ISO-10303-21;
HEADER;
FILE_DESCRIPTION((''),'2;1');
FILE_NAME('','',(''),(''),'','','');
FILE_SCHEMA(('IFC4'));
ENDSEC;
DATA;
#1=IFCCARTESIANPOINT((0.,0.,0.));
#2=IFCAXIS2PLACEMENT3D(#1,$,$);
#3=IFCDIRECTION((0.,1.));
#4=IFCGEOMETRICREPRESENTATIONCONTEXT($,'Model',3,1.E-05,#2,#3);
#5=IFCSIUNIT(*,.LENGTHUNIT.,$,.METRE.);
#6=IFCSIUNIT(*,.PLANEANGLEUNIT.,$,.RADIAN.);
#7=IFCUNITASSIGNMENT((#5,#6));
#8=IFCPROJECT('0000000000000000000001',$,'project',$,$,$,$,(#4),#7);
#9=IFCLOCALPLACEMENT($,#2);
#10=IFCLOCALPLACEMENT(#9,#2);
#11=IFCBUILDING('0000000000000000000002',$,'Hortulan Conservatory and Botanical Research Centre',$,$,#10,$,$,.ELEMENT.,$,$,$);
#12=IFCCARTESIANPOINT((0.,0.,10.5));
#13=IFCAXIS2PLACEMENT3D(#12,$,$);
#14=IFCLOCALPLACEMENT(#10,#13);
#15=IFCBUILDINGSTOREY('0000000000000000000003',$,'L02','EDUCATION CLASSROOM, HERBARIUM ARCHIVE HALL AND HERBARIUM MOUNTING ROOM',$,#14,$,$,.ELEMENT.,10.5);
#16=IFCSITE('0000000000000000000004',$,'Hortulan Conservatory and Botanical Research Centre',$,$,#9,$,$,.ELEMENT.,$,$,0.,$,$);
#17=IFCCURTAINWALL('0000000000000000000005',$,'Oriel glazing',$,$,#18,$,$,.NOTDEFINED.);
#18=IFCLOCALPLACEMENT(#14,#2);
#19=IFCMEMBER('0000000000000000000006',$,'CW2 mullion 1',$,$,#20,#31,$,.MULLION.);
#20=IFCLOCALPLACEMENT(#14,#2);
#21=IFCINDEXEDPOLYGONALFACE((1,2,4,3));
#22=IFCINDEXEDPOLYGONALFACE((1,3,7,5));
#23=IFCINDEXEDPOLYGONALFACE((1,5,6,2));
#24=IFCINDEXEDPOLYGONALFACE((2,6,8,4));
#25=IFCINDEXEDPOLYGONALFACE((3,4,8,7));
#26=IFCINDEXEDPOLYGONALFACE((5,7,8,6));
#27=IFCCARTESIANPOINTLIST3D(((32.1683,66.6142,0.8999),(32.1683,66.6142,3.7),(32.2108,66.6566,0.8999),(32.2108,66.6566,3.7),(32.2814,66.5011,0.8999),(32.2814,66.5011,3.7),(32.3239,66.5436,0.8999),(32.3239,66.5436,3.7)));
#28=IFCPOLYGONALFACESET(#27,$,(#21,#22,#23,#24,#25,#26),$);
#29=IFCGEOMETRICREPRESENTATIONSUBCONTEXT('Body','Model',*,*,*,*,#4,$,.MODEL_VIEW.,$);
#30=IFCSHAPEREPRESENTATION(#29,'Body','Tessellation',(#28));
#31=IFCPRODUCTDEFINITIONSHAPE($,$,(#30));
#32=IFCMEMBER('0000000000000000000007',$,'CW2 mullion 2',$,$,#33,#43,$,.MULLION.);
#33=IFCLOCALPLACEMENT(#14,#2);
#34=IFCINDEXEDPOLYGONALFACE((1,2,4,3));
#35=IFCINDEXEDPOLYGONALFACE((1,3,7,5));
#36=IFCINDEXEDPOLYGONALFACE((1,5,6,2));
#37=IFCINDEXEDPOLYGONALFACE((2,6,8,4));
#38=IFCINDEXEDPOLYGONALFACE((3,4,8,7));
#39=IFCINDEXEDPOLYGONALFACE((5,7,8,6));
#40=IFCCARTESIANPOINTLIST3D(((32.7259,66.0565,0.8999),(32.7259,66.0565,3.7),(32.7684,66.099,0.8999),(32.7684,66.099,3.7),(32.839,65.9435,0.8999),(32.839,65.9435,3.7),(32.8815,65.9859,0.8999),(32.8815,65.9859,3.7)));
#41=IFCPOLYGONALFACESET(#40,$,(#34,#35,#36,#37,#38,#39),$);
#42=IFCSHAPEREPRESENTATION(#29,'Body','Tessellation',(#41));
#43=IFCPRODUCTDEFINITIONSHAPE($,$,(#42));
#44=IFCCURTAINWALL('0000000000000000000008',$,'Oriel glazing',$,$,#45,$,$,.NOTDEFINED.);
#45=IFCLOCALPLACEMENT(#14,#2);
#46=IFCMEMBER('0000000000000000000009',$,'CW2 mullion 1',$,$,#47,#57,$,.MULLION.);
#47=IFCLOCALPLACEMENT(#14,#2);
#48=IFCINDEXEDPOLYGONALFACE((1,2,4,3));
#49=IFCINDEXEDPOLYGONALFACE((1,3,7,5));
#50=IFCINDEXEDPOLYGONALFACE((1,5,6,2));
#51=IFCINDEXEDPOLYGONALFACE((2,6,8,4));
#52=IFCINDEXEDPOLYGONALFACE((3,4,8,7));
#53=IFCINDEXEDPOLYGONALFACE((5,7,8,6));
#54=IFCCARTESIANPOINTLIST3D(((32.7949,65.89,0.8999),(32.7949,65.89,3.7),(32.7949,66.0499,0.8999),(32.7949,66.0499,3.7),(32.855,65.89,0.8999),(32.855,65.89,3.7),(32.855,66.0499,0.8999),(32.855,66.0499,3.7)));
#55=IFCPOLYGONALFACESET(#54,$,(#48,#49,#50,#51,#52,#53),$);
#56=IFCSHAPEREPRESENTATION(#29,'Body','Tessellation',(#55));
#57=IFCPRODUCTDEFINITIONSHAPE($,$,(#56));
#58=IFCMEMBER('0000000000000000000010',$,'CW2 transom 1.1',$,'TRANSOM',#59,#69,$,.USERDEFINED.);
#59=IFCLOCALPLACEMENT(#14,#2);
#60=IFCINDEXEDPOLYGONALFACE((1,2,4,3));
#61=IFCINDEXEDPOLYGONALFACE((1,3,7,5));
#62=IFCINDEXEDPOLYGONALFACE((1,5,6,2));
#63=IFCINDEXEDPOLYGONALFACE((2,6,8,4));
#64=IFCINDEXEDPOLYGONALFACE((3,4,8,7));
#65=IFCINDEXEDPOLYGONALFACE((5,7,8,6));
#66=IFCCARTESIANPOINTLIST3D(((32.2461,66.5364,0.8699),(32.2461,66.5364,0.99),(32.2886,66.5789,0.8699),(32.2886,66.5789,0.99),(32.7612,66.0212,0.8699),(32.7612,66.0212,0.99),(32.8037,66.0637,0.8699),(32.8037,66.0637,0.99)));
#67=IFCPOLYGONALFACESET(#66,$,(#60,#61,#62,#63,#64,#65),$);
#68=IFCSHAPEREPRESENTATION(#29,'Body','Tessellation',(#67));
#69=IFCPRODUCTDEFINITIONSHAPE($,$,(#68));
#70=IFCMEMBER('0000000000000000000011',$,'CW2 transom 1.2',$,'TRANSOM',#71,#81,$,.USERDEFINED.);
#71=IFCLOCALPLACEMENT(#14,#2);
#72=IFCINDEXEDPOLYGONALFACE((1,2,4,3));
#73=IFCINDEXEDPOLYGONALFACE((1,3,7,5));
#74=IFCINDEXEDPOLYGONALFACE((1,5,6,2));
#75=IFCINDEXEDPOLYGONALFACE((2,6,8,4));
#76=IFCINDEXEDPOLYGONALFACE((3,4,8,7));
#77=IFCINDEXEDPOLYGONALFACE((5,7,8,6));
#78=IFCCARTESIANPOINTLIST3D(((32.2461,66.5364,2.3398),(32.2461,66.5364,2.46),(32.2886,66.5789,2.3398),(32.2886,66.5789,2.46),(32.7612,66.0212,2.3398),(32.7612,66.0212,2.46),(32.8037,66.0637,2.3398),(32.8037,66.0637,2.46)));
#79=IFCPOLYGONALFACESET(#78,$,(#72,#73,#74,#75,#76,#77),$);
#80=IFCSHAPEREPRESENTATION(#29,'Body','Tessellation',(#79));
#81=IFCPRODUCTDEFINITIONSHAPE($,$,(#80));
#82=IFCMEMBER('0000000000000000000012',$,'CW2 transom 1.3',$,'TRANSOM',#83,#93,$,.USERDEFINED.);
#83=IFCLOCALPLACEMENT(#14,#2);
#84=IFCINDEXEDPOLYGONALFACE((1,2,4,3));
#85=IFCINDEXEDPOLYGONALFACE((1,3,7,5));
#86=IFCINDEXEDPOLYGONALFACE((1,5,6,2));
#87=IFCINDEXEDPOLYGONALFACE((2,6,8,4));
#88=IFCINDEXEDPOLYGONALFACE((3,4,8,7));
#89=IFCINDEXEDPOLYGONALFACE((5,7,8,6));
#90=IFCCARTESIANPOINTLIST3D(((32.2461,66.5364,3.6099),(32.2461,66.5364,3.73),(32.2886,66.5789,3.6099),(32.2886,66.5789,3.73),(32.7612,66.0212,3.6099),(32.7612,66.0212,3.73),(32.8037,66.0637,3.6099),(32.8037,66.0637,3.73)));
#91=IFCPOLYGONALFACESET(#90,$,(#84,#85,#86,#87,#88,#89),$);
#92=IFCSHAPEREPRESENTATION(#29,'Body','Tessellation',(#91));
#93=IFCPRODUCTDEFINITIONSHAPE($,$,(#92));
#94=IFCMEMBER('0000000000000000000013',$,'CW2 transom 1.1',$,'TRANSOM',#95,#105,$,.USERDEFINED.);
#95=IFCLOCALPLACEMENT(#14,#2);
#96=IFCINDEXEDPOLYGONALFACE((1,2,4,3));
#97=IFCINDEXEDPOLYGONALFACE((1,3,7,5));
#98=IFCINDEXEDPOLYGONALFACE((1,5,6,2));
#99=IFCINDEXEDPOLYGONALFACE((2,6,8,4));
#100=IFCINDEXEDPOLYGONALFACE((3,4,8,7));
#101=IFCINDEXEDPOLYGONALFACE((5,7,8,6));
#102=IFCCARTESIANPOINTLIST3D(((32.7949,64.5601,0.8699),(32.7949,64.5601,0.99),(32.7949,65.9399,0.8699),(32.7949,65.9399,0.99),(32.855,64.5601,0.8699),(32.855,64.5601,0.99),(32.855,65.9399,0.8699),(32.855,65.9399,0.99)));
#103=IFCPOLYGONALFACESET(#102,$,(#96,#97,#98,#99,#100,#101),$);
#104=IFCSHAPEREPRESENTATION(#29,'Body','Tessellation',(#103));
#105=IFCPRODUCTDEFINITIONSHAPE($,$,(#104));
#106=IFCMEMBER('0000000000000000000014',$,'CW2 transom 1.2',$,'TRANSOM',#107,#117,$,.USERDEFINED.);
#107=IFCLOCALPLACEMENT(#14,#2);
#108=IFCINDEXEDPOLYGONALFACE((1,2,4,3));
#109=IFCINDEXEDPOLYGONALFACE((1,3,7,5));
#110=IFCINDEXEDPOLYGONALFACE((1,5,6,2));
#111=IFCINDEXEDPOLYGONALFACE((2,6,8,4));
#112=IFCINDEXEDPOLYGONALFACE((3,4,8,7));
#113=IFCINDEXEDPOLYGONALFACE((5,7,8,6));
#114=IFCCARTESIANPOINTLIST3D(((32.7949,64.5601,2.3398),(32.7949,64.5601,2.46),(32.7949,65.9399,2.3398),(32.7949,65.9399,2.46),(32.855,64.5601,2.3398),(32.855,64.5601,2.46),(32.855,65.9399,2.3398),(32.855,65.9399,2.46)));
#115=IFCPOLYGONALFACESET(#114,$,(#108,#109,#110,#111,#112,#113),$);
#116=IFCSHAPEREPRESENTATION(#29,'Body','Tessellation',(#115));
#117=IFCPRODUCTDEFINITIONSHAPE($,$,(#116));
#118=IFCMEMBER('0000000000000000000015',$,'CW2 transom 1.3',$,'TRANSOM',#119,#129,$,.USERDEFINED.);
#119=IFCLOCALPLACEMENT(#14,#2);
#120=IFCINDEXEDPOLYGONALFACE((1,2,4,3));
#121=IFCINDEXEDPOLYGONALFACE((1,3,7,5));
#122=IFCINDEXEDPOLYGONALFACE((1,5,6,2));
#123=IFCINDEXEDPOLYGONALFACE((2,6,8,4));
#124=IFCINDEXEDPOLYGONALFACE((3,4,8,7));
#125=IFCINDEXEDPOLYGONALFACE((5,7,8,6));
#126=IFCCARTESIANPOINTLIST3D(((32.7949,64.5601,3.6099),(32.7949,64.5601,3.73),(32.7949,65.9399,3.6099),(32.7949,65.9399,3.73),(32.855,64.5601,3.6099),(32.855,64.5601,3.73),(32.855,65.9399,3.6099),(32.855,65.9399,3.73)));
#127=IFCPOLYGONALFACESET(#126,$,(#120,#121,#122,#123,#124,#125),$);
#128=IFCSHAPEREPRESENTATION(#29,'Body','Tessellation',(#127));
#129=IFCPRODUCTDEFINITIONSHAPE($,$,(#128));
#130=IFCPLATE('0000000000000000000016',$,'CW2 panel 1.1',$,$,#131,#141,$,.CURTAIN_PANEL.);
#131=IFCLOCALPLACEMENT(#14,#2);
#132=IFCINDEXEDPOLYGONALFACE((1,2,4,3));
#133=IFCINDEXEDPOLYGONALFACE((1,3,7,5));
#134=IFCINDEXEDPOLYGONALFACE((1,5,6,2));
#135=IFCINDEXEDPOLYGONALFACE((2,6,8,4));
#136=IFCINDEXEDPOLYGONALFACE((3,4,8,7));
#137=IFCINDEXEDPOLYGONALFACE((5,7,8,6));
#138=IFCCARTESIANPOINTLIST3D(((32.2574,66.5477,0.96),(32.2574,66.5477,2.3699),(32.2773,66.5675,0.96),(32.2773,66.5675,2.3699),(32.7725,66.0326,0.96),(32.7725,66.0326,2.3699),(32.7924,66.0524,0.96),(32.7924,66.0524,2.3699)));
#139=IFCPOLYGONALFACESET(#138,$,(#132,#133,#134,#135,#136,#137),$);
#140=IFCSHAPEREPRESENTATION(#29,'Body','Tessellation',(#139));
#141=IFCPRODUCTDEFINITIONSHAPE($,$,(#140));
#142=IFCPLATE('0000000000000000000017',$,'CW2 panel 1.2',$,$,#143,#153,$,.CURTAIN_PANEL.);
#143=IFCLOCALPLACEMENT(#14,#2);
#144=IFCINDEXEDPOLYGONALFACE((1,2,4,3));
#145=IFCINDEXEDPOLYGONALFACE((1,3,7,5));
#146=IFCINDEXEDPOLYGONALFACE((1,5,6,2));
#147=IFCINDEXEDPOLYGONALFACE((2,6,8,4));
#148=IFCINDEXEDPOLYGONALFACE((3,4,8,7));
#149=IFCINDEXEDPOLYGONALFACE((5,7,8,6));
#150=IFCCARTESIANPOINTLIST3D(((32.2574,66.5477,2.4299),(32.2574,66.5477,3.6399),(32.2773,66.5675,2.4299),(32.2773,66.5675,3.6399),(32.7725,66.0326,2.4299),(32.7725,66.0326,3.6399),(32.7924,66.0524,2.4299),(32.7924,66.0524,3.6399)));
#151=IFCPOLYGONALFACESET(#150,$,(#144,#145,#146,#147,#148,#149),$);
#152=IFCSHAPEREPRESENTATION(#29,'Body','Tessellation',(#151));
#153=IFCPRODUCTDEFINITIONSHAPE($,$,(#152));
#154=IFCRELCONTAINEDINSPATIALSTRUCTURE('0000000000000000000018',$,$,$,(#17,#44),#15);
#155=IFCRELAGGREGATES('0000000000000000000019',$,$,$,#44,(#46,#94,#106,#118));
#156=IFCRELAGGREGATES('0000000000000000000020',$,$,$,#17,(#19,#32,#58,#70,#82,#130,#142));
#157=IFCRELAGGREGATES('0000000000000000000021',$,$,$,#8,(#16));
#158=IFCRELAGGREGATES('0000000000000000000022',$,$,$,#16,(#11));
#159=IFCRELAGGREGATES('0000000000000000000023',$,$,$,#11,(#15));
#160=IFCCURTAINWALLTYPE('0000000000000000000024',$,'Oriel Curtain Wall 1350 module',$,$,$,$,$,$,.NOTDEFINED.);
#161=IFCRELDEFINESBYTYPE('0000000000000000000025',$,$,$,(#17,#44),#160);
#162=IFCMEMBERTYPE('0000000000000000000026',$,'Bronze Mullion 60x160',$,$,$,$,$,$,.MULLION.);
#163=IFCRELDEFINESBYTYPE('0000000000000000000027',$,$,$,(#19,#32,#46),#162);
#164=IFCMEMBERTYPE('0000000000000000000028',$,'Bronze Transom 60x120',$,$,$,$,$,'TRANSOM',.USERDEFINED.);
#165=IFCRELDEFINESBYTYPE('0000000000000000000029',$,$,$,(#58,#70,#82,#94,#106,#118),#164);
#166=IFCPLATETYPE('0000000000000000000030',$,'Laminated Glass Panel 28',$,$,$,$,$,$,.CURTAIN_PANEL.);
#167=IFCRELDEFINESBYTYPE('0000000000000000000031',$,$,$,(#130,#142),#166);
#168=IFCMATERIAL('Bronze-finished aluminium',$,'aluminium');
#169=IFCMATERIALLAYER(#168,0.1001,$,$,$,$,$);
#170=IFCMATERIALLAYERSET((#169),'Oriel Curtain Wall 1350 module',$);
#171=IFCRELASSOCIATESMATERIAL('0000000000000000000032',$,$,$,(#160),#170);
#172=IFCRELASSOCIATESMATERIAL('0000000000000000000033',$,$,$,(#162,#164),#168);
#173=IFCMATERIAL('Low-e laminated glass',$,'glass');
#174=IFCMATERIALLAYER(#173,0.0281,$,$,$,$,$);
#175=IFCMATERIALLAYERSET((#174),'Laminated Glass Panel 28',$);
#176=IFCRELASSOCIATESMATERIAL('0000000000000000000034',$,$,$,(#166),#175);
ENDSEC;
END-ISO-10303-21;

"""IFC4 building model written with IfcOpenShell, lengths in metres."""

from ifc_helpers import new_model, si_unit, direction, frame, origin, origin_2d, place, context, subcontext, project, spatial, rectangle, extrude, material, layer, layer_set, material_profile, profile_set, type_object, element, aggregate, save


model = new_model("IFC4")

# Units and contexts
model_context = context("Model", 3, precision=1e-05, world=origin(), true_north=direction((0.0, 1.0)))
body_context = subcontext(model_context, "Body", "Model", "MODEL_VIEW")
ifc_project = project(units=[si_unit("LENGTHUNIT", "METRE"), si_unit("PLANEANGLEUNIT", "RADIAN")], contexts=[model_context])

# Site, building, storey
site_placement = place(None, origin())
site = spatial("IfcSite", under=ifc_project, at=site_placement, Name="Hortulan Conservatory and Botanical Research Centre", CompositionType="ELEMENT", RefElevation=0.0)
building_placement = place(site_placement, origin())
building = spatial("IfcBuilding", under=site, at=building_placement, Name="Hortulan Conservatory and Botanical Research Centre", CompositionType="ELEMENT")
storey_placement = place(building_placement, frame((0.0, 0.0, 10.5)))
storey = spatial("IfcBuildingStorey", under=building, at=storey_placement, Name="L02", Description="EDUCATION CLASSROOM, HERBARIUM ARCHIVE HALL AND HERBARIUM MOUNTING ROOM", CompositionType="ELEMENT", Elevation=10.5)

# Curtain wall, members
ifc_material_1 = material(Name="Bronze-finished aluminium", Category="aluminium")
ifc_layer_1 = layer(ifc_material_1, 0.1001)
ifc_layer_set_1 = layer_set([ifc_layer_1], Name="Oriel Curtain Wall 1350 module")
curtain_wall_type = type_object("IfcCurtainWallType", Name="Oriel Curtain Wall 1350 module", PredefinedType="NOTDEFINED", material=ifc_layer_set_1)
curtain_wall_1_placement = place(storey_placement, origin())
curtain_wall_1 = element("IfcCurtainWall", 1, at=curtain_wall_1_placement, inside=storey, type_object=curtain_wall_type, Name="Oriel glazing", PredefinedType="NOTDEFINED")
ifc_material_profile_1 = material_profile(ifc_material_1, rectangle(XDim=0.0601, YDim=0.1599, at=origin_2d()), Name="Bronze Mullion 60x160")
ifc_profile_set_1 = profile_set([ifc_material_profile_1], Name="Bronze-finished aluminium")
member_type_1 = type_object("IfcMemberType", Name="Bronze Mullion 60x160", PredefinedType="MULLION", material=ifc_profile_set_1)
member_1_placement = place(storey_placement, frame((32.2461, 66.5789, 0.8999), z_axis=(0.0, 0.0, 1.0), x_axis=(0.707107, 0.707107, 0.0)))
member_1 = element("IfcMember", 2, at=member_1_placement, type_object=member_type_1, Name="CW2 mullion 1", PredefinedType="MULLION", context=body_context, shape_type="SweptSolid", body=[
    extrude(rectangle(XDim=0.0601, YDim=0.1599, at=origin_2d()), origin(), (0.0, 0.0, 1.0), 2.8),
])
member_2_placement = place(storey_placement, frame((32.8037, 66.0212, 0.8999), z_axis=(0.0, 0.0, 1.0), x_axis=(0.707107, 0.707107, 0.0)))
member_2 = element("IfcMember", 3, at=member_2_placement, type_object=member_type_1, Name="CW2 mullion 2", PredefinedType="MULLION", context=body_context, shape_type="SweptSolid", body=[
    extrude(rectangle(XDim=0.0601, YDim=0.1599, at=origin_2d()), origin(), (0.0, 0.0, 1.0), 2.8),
])

# Curtain wall, member
curtain_wall_2_placement = place(storey_placement, origin())
curtain_wall_2 = element("IfcCurtainWall", 4, at=curtain_wall_2_placement, inside=storey, type_object=curtain_wall_type, Name="Oriel glazing", PredefinedType="NOTDEFINED")
member_3_placement = place(storey_placement, frame((32.825, 65.97, 0.8999), z_axis=(0.0, 0.0, 1.0), x_axis=(1.0, 0.0, 0.0)))
member_3 = element("IfcMember", 5, at=member_3_placement, type_object=member_type_1, Name="CW2 mullion 1", PredefinedType="MULLION", context=body_context, shape_type="SweptSolid", body=[
    extrude(rectangle(XDim=0.0601, YDim=0.1599, at=origin_2d()), origin(), (0.0, 0.0, 1.0), 2.8),
])

# Members
ifc_material_profile_2 = material_profile(ifc_material_1, rectangle(XDim=0.0601, YDim=0.1201, at=origin_2d()), Name="Bronze Transom 60x120")
ifc_profile_set_2 = profile_set([ifc_material_profile_2], Name="Bronze-finished aluminium")
member_type_2 = type_object("IfcMemberType", Name="Bronze Transom 60x120", ElementType="TRANSOM", PredefinedType="USERDEFINED", material=ifc_profile_set_2)
member_4_placement = place(storey_placement, frame((32.2673, 66.5576, 0.9299), z_axis=(0.707107, -0.707107, 0.0), x_axis=(0.707107, 0.707107, 0.0)))
member_4 = element("IfcMember", 6, at=member_4_placement, type_object=member_type_2, Name="CW2 transom 1.1", ObjectType="TRANSOM", PredefinedType="USERDEFINED", context=body_context, shape_type="SweptSolid", body=[
    extrude(rectangle(XDim=0.0601, YDim=0.1201, at=origin_2d()), origin(), (0.0, 0.0, 1.0), 0.7285),
])
member_5_placement = place(storey_placement, frame((32.2673, 66.5576, 2.3999), z_axis=(0.707107, -0.707107, 0.0), x_axis=(0.707107, 0.707107, 0.0)))
member_5 = element("IfcMember", 7, at=member_5_placement, type_object=member_type_2, Name="CW2 transom 1.2", ObjectType="TRANSOM", PredefinedType="USERDEFINED", context=body_context, shape_type="SweptSolid", body=[
    extrude(rectangle(XDim=0.0601, YDim=0.1201, at=origin_2d()), origin(), (0.0, 0.0, 1.0), 0.7285),
])
member_6_placement = place(storey_placement, frame((32.2673, 66.5576, 3.6699), z_axis=(0.707107, -0.707107, 0.0), x_axis=(0.707107, 0.707107, 0.0)))
member_6 = element("IfcMember", 8, at=member_6_placement, type_object=member_type_2, Name="CW2 transom 1.3", ObjectType="TRANSOM", PredefinedType="USERDEFINED", context=body_context, shape_type="SweptSolid", body=[
    extrude(rectangle(XDim=0.0601, YDim=0.1201, at=origin_2d()), origin(), (0.0, 0.0, 1.0), 0.7285),
])
member_7_placement = place(storey_placement, frame((32.825, 65.9399, 0.9299), z_axis=(0.0, -1.0, 0.0), x_axis=(1.0, 0.0, 0.0)))
member_7 = element("IfcMember", 9, at=member_7_placement, type_object=member_type_2, Name="CW2 transom 1.1", ObjectType="TRANSOM", PredefinedType="USERDEFINED", context=body_context, shape_type="SweptSolid", body=[
    extrude(rectangle(XDim=0.0601, YDim=0.1201, at=origin_2d()), origin(), (0.0, 0.0, 1.0), 1.3799),
])
member_8_placement = place(storey_placement, frame((32.825, 65.9399, 2.3999), z_axis=(0.0, -1.0, 0.0), x_axis=(1.0, 0.0, 0.0)))
member_8 = element("IfcMember", 10, at=member_8_placement, type_object=member_type_2, Name="CW2 transom 1.2", ObjectType="TRANSOM", PredefinedType="USERDEFINED", context=body_context, shape_type="SweptSolid", body=[
    extrude(rectangle(XDim=0.0601, YDim=0.1201, at=origin_2d()), origin(), (0.0, 0.0, 1.0), 1.3799),
])
member_9_placement = place(storey_placement, frame((32.825, 65.9399, 3.6699), z_axis=(0.0, -1.0, 0.0), x_axis=(1.0, 0.0, 0.0)))
member_9 = element("IfcMember", 11, at=member_9_placement, type_object=member_type_2, Name="CW2 transom 1.3", ObjectType="TRANSOM", PredefinedType="USERDEFINED", context=body_context, shape_type="SweptSolid", body=[
    extrude(rectangle(XDim=0.0601, YDim=0.1201, at=origin_2d()), origin(), (0.0, 0.0, 1.0), 1.3799),
])
aggregate(curtain_wall_2, [member_3, member_7, member_8, member_9])

# Plates
ifc_material_2 = material(Name="Low-e laminated glass", Category="glass")
ifc_layer_2 = layer(ifc_material_2, 0.0281)
ifc_layer_set_2 = layer_set([ifc_layer_2], Name="Laminated Glass Panel 28")
plate_type = type_object("IfcPlateType", Name="Laminated Glass Panel 28", PredefinedType="CURTAIN_PANEL", material=ifc_layer_set_2)
plate_1_placement = place(storey_placement, frame((32.5249, 66.3, 0.96), z_axis=(0.0, 0.0, 1.0), x_axis=(0.707107, -0.707107, 0.0)))
plate_1 = element("IfcPlate", 12, at=plate_1_placement, type_object=plate_type, Name="CW2 panel 1.1", PredefinedType="CURTAIN_PANEL", context=body_context, shape_type="SweptSolid", body=[
    extrude(rectangle(XDim=0.7285, YDim=0.0281, at=origin_2d()), origin(), (0.0, 0.0, 1.0), 1.4099),
])
plate_2_placement = place(storey_placement, frame((32.5249, 66.3, 2.4299), z_axis=(0.0, 0.0, 1.0), x_axis=(0.707107, -0.707107, 0.0)))
plate_2 = element("IfcPlate", 13, at=plate_2_placement, type_object=plate_type, Name="CW2 panel 1.2", PredefinedType="CURTAIN_PANEL", context=body_context, shape_type="SweptSolid", body=[
    extrude(rectangle(XDim=0.7285, YDim=0.0281, at=origin_2d()), origin(), (0.0, 0.0, 1.0), 1.21),
])
aggregate(curtain_wall_1, [member_1, member_2, member_4, member_5, member_6, plate_1, plate_2])

save(model, "model.ifc")
